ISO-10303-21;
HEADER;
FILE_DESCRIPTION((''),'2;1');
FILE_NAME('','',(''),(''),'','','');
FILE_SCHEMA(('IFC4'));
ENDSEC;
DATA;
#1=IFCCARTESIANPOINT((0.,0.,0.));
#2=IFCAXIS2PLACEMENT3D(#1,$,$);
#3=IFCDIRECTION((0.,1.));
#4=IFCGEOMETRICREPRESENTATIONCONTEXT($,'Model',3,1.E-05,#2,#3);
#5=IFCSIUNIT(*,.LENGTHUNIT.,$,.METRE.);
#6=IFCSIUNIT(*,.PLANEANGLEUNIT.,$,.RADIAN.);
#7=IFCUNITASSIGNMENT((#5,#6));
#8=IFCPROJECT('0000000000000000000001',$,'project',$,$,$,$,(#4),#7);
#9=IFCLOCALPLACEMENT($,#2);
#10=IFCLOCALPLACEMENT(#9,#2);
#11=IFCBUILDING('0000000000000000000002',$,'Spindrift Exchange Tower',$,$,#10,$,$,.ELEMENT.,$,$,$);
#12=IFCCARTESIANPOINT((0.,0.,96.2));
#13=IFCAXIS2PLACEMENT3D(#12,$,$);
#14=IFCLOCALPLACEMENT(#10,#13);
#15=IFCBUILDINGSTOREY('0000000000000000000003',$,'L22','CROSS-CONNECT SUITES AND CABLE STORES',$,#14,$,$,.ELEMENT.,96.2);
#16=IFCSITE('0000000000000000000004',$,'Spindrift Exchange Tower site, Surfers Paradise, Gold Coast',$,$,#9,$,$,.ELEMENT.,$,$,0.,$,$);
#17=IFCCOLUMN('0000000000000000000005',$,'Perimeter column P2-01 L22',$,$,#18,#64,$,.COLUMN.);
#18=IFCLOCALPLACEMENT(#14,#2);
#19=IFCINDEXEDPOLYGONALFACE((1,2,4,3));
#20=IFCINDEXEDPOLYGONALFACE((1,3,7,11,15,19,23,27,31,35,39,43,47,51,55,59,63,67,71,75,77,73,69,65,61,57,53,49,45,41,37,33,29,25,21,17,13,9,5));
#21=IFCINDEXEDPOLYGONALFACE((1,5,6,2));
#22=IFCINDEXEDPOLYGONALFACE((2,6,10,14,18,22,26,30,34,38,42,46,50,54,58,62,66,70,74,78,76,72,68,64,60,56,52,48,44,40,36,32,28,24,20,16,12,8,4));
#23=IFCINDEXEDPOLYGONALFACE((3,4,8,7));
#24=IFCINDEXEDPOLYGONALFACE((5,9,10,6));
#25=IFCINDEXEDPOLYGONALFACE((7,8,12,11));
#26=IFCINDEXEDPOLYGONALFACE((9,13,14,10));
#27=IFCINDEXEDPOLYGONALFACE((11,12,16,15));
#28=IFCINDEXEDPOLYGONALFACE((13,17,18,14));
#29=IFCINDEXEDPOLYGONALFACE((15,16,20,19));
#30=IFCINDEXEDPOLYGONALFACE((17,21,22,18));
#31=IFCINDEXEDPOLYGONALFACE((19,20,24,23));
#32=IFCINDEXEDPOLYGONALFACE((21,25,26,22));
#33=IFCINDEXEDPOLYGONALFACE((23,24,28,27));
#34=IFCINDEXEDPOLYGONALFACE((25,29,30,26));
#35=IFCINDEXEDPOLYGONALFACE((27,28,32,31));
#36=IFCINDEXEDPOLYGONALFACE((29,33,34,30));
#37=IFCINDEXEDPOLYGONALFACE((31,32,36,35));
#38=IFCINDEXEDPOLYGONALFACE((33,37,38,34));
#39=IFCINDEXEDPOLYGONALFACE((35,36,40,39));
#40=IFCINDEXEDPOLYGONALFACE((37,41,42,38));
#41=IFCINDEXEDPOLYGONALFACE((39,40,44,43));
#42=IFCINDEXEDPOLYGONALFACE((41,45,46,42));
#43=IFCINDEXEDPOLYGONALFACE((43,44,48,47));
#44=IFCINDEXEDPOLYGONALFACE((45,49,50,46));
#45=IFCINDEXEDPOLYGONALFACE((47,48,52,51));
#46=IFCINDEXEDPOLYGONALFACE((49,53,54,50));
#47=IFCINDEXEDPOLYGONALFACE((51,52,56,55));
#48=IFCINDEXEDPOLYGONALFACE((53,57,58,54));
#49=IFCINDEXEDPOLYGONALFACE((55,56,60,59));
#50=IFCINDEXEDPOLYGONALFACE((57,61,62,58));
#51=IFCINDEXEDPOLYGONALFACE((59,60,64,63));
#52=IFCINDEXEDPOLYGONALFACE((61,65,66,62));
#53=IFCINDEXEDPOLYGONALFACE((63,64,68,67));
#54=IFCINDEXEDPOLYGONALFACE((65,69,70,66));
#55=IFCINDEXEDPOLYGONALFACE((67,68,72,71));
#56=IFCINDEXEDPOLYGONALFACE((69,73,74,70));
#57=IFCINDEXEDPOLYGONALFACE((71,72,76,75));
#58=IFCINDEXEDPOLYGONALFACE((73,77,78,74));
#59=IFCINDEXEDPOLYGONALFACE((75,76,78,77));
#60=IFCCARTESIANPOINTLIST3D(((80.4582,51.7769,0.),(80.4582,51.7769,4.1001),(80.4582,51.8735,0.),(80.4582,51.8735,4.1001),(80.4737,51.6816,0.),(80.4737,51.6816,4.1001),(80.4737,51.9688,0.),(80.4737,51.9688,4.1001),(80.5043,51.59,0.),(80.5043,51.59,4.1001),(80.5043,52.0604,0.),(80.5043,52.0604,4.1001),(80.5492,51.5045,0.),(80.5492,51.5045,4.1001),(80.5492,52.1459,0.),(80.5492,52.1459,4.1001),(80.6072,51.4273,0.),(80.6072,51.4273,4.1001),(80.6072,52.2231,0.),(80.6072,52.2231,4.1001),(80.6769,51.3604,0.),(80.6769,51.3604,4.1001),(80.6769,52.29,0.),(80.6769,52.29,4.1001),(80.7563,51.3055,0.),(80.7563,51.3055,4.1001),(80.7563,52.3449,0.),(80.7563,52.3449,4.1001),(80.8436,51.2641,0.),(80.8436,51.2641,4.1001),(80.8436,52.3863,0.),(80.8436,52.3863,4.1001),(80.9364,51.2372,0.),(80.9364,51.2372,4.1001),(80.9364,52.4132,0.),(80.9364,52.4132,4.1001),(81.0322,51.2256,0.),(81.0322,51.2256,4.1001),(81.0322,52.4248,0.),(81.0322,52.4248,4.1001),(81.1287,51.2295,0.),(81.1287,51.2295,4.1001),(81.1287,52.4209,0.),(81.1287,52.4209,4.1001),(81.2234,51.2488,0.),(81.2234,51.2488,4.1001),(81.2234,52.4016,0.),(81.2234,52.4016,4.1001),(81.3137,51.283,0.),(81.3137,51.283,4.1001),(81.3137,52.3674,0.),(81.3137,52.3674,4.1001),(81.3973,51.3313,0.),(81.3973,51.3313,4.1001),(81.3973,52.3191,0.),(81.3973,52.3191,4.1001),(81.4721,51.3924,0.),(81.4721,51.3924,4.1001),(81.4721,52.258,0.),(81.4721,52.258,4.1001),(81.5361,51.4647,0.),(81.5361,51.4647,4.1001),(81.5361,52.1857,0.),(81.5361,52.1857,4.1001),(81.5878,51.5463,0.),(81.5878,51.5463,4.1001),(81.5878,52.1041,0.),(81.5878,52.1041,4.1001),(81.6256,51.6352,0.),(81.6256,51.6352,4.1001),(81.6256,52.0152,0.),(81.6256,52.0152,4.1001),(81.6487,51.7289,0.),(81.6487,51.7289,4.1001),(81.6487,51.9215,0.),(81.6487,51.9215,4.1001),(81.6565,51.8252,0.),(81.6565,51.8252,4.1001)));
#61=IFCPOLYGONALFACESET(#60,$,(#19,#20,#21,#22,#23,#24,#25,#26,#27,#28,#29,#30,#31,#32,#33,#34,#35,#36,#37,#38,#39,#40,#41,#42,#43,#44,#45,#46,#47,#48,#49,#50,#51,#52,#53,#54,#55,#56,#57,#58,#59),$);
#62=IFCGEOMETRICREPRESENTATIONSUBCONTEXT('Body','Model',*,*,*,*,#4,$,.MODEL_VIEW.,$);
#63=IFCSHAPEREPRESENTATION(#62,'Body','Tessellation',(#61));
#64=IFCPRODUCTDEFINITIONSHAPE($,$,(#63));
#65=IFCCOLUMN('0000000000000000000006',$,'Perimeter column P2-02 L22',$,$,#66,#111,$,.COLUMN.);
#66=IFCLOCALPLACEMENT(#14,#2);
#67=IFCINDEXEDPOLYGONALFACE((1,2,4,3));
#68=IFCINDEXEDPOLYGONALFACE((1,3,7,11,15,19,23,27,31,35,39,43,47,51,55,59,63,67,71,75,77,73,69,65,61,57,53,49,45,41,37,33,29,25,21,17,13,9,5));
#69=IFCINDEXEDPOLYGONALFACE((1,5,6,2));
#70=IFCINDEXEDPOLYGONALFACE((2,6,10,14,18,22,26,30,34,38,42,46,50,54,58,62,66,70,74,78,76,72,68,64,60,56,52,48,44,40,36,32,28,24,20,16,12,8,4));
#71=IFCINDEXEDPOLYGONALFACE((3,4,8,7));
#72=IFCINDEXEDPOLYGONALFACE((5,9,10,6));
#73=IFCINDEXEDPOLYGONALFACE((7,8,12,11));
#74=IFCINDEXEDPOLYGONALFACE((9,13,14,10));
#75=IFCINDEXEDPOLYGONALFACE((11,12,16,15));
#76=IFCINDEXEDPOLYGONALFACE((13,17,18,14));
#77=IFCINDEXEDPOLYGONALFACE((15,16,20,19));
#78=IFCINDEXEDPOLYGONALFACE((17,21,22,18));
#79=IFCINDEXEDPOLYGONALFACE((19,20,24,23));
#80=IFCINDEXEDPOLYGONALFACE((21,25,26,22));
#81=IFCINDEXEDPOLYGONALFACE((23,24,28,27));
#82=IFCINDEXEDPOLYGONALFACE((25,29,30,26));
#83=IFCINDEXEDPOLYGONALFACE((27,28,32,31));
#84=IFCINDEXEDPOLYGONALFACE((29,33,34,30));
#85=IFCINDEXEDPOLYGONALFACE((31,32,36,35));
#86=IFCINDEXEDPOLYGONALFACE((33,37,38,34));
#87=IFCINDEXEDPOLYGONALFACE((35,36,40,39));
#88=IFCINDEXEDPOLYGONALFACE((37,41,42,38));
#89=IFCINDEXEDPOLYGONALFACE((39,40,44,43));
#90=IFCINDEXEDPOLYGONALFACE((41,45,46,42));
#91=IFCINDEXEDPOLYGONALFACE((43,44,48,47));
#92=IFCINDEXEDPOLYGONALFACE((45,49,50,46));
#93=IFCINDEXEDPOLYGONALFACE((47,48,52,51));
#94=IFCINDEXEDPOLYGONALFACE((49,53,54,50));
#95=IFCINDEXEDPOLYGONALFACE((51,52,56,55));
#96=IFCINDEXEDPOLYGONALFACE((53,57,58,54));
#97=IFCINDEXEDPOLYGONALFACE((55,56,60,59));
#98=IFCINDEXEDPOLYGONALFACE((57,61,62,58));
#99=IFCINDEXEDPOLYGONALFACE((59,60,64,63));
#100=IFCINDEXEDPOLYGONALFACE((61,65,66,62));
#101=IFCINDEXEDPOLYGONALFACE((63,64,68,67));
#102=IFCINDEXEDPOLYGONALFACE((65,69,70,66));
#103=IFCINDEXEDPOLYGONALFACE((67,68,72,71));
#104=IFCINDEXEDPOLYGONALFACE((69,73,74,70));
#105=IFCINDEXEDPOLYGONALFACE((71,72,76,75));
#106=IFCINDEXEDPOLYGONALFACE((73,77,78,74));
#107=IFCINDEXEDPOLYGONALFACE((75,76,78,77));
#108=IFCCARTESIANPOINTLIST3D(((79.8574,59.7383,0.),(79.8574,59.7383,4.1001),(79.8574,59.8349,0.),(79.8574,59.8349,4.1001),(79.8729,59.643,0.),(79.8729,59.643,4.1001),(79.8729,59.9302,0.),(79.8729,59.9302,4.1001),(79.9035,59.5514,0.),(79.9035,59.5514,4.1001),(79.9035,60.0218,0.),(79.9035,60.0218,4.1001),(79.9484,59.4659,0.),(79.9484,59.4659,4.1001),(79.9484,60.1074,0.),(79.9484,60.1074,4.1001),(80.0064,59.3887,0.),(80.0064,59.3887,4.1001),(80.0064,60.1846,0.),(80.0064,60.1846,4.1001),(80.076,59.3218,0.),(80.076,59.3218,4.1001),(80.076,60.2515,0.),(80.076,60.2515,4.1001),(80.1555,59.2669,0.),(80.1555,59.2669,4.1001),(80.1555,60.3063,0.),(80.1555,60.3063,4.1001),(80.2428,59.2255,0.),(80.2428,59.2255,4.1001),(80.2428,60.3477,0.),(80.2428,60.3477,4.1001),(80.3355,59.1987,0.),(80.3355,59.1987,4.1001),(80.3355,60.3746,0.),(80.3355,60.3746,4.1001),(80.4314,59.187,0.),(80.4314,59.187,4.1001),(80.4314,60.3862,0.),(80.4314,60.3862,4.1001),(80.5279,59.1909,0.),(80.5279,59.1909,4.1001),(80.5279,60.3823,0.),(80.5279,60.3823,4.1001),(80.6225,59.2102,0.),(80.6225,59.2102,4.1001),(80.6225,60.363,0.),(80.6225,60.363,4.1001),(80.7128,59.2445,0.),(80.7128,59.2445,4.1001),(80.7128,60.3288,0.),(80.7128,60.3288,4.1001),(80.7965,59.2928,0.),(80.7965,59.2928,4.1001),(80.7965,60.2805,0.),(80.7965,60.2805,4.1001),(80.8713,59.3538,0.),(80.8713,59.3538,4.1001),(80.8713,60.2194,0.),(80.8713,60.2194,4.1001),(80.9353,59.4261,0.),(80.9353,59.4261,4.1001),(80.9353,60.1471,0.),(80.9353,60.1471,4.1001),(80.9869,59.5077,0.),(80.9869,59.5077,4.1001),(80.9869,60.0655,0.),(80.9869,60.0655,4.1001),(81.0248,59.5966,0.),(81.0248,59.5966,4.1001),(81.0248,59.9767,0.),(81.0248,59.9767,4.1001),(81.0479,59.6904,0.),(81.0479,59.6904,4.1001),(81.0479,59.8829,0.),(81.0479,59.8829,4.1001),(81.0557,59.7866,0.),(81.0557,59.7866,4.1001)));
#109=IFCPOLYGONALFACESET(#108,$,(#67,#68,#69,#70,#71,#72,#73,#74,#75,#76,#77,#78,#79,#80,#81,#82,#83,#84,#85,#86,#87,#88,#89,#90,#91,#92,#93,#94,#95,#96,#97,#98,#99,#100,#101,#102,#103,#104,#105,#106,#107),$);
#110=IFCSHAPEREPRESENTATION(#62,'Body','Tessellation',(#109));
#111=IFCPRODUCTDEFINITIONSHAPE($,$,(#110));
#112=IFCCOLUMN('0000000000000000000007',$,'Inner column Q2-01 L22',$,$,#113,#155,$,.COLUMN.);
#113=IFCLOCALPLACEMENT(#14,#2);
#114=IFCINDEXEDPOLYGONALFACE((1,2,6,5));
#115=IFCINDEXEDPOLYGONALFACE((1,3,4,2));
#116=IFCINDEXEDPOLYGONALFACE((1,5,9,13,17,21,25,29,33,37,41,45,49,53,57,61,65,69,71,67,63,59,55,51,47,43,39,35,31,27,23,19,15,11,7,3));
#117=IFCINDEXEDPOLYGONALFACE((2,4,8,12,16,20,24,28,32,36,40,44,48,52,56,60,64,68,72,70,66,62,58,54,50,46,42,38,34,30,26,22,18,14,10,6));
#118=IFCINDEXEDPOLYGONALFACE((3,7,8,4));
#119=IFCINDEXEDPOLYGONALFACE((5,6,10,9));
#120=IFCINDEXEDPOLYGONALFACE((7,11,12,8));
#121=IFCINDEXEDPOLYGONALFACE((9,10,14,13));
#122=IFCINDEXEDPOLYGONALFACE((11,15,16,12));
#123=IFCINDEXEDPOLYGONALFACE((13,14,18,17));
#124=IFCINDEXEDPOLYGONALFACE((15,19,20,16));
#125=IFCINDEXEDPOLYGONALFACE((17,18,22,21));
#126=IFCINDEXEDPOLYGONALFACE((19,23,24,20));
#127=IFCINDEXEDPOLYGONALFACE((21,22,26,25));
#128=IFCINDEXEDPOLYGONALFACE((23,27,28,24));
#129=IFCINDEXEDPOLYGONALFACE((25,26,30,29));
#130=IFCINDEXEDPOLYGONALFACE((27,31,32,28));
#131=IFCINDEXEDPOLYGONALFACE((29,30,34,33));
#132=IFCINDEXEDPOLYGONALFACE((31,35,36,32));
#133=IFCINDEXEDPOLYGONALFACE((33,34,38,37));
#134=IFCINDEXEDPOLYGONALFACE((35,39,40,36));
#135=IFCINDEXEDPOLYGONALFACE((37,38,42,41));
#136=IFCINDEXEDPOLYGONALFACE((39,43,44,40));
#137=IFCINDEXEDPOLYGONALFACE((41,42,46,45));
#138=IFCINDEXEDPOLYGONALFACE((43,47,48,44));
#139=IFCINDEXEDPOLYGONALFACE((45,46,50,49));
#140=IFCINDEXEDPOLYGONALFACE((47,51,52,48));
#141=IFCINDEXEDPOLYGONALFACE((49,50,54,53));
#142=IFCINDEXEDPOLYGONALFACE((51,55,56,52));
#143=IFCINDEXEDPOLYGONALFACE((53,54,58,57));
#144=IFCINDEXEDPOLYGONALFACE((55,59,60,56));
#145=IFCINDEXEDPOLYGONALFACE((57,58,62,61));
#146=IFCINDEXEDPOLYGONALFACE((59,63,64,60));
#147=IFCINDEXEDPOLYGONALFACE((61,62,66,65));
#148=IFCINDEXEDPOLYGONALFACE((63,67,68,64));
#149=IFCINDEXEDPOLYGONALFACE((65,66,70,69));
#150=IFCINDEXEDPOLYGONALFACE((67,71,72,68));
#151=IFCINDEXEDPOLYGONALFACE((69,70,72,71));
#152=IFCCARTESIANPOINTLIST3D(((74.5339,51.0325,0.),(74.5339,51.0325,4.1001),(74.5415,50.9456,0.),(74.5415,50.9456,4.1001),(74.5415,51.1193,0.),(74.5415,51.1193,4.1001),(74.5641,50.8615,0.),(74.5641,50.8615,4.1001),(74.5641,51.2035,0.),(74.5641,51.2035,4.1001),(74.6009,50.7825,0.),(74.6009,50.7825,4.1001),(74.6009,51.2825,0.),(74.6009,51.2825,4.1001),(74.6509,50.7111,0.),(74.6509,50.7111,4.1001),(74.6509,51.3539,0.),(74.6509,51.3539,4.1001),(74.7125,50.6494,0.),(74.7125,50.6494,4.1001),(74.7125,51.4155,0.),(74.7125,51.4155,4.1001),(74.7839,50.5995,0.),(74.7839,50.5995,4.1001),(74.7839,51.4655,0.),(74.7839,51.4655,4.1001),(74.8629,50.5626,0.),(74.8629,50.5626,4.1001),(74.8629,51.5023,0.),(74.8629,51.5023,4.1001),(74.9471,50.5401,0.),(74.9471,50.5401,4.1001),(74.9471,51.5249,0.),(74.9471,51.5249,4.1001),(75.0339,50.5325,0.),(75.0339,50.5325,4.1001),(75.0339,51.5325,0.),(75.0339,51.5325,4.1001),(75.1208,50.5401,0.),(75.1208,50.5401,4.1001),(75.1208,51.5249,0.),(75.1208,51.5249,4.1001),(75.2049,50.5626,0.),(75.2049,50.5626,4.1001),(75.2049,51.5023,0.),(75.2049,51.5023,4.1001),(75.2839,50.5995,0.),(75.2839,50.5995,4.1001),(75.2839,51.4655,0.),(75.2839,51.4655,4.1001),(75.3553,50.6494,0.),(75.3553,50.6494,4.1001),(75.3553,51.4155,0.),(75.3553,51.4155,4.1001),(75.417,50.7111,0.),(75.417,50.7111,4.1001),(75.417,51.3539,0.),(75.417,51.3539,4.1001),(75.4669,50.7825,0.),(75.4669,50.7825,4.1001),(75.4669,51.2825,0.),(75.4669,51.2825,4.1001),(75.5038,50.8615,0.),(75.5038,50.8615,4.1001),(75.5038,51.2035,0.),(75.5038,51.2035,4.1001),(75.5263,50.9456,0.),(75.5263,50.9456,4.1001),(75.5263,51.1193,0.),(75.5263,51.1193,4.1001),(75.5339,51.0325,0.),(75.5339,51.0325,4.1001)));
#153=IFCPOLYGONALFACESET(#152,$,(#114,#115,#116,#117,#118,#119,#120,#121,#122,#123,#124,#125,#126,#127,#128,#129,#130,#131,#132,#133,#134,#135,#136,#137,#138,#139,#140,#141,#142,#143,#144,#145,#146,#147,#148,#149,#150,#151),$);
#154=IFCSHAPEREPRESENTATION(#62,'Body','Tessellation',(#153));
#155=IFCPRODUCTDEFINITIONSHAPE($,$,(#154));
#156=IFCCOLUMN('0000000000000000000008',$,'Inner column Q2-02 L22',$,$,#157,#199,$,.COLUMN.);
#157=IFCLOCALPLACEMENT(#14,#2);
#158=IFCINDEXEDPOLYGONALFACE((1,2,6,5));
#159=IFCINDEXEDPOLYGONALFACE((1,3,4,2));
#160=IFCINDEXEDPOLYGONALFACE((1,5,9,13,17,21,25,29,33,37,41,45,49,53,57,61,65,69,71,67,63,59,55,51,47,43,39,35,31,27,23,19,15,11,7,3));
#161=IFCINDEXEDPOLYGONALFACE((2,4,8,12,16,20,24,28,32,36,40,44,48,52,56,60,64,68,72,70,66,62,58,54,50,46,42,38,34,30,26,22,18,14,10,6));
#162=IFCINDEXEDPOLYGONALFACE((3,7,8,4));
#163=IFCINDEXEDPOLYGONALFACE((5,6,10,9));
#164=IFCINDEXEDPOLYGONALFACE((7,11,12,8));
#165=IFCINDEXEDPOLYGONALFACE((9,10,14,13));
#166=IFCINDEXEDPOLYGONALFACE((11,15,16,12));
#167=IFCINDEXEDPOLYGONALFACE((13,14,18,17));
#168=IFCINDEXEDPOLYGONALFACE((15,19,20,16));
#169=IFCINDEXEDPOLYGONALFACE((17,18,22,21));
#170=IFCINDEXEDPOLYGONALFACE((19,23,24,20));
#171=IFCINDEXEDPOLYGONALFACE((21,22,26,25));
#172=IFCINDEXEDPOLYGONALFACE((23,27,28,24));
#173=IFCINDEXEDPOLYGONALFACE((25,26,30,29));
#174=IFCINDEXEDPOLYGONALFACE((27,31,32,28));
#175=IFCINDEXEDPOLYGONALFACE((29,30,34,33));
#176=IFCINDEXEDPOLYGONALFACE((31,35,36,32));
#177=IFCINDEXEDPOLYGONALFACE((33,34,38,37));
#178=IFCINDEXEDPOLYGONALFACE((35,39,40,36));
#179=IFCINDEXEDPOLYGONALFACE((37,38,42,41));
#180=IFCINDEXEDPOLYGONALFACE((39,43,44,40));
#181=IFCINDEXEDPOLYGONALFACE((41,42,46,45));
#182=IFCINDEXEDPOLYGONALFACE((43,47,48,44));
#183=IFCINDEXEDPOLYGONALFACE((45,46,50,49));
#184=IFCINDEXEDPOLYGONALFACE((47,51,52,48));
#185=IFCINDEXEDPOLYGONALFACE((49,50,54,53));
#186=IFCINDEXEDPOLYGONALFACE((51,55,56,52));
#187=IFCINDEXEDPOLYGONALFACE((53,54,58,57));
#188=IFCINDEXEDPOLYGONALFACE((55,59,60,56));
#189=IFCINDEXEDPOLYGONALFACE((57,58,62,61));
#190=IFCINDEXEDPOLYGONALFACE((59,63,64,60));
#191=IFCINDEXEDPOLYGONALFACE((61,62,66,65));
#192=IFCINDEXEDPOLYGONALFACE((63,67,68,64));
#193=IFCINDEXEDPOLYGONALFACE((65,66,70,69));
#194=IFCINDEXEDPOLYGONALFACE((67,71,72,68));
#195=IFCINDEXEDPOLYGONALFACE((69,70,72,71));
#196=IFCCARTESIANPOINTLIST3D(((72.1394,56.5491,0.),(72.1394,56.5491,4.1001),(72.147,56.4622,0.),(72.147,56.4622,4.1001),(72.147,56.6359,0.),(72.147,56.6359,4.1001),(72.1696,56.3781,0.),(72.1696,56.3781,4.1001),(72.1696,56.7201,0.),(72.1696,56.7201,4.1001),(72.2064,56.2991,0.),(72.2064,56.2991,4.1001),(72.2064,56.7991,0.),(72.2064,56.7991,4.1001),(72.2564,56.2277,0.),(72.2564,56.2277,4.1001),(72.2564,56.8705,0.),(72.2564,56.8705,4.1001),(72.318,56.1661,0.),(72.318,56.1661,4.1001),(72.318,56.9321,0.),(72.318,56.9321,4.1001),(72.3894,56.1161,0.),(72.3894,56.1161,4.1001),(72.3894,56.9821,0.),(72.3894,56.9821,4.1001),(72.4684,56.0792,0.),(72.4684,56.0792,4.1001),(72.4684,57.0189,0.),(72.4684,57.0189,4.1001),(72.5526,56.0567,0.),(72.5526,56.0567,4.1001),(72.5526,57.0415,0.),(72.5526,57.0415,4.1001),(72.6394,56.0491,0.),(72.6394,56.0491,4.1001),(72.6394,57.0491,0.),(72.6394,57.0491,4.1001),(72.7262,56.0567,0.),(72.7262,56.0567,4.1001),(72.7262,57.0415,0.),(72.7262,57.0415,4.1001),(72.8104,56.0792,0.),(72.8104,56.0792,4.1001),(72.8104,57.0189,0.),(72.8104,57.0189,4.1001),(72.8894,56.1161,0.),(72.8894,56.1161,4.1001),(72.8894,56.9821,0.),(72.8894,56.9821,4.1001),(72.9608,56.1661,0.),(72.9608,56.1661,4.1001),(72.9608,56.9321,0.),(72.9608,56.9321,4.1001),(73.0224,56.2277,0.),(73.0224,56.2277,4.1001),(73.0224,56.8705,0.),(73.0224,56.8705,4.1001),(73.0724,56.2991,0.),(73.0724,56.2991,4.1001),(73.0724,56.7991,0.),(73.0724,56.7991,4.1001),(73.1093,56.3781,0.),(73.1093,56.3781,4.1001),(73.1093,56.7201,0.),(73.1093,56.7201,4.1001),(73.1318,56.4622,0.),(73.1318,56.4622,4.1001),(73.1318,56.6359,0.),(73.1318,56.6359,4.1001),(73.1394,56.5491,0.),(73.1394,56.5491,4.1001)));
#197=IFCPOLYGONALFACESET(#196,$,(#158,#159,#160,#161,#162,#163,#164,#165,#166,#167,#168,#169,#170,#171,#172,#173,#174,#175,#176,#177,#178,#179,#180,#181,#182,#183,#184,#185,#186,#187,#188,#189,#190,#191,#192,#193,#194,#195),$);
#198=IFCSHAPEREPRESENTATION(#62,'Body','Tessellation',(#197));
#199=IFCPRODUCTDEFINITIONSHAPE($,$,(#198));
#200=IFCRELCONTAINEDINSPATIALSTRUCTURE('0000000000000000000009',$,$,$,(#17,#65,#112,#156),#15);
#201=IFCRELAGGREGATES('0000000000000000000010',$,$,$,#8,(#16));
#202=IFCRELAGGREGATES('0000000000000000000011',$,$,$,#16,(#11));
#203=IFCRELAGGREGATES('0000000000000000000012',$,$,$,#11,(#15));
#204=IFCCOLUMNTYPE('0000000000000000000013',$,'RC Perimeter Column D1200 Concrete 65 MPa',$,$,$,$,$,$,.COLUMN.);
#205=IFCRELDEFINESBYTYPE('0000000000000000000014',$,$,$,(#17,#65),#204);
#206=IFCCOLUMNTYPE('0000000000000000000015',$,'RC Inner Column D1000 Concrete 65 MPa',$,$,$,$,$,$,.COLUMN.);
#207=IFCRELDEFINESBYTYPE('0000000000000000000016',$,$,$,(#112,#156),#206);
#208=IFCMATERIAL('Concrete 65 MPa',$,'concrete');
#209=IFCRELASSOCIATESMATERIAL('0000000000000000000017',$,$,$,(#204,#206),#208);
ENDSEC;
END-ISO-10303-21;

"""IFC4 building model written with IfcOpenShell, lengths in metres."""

from ifc_helpers import new_model, si_unit, direction, frame, origin, origin_2d, place, context, subcontext, project, spatial, circle, extrude, source, transform, mapped, material, material_profile, profile_set, type_object, element, save


model = new_model("IFC4")

# Units and contexts
model_context = context("Model", 3, precision=1e-05, world=origin(), true_north=direction((0.0, 1.0)))
body_context = subcontext(model_context, "Body", "Model", "MODEL_VIEW")
ifc_project = project(units=[si_unit("LENGTHUNIT", "METRE"), si_unit("PLANEANGLEUNIT", "RADIAN")], contexts=[model_context])

# Site, building, storey
site_placement = place(None, origin())
site = spatial("IfcSite", under=ifc_project, at=site_placement, Name="Spindrift Exchange Tower site, Surfers Paradise, Gold Coast", CompositionType="ELEMENT", RefElevation=0.0)
building_placement = place(site_placement, origin())
building = spatial("IfcBuilding", under=site, at=building_placement, Name="Spindrift Exchange Tower", CompositionType="ELEMENT")
storey_placement = place(building_placement, frame((0.0, 0.0, 96.2)))
storey = spatial("IfcBuildingStorey", under=building, at=storey_placement, Name="L22", Description="CROSS-CONNECT SUITES AND CABLE STORES", CompositionType="ELEMENT", Elevation=96.2)

# Columns
ifc_material_1 = material(Name="Concrete 65 MPa", Category="concrete")
ifc_material_profile_1 = material_profile(ifc_material_1, circle(Radius=0.6001, at=origin_2d()), Name="RC D1200")
ifc_profile_set_1 = profile_set([ifc_material_profile_1], Name="Concrete 65 MPa")
column_type_1 = type_object("IfcColumnType", Name="RC Perimeter Column D1200 Concrete 65 MPa", PredefinedType="COLUMN", material=ifc_profile_set_1)
shared_shape_1 = source(origin(), body_context, "Body", "SweptSolid", [
    extrude(circle(Radius=0.6001, at=origin_2d()), origin(), (0.0, 0.0, 1.0), 4.1001),
])
for number, where, z_axis, x_axis, name in (
    (1, (81.0564, 51.8252, 0.0), (0.0, 0.0, 1.0), (1.0, 0.0, 0.0), "Perimeter column P2-01 L22"),
    (2, (80.4556, 59.7866, 0.0), (0.0, 0.0, 1.0), (1.0, 0.0, 0.0), "Perimeter column P2-02 L22"),
):
    element("IfcColumn", number, at=place(storey_placement, frame(where, z_axis=z_axis, x_axis=x_axis)), inside=storey, type_object=column_type_1, Name=name, PredefinedType="COLUMN", context=body_context, shape_type="MappedRepresentation", body=[
        mapped(shared_shape_1, transform((0.0, 0.0, 0.0), scale=1.0)),
    ])
ifc_material_profile_2 = material_profile(ifc_material_1, circle(Radius=0.5, at=origin_2d()), Name="RC D1000")
ifc_profile_set_2 = profile_set([ifc_material_profile_2], Name="Concrete 65 MPa")
column_type_2 = type_object("IfcColumnType", Name="RC Inner Column D1000 Concrete 65 MPa", PredefinedType="COLUMN", material=ifc_profile_set_2)
shared_shape_2 = source(origin(), body_context, "Body", "SweptSolid", [
    extrude(circle(Radius=0.5, at=origin_2d()), origin(), (0.0, 0.0, 1.0), 4.1001),
])
for number, where, z_axis, x_axis, name in (
    (3, (75.0339, 51.0325, 0.0), (0.0, 0.0, 1.0), (1.0, 0.0, 0.0), "Inner column Q2-01 L22"),
    (4, (72.6394, 56.5491, 0.0), (0.0, 0.0, 1.0), (1.0, 0.0, 0.0), "Inner column Q2-02 L22"),
):
    element("IfcColumn", number, at=place(storey_placement, frame(where, z_axis=z_axis, x_axis=x_axis)), inside=storey, type_object=column_type_2, Name=name, PredefinedType="COLUMN", context=body_context, shape_type="MappedRepresentation", body=[
        mapped(shared_shape_2, transform((0.0, 0.0, 0.0), scale=1.0)),
    ])

save(model, "model.ifc")
